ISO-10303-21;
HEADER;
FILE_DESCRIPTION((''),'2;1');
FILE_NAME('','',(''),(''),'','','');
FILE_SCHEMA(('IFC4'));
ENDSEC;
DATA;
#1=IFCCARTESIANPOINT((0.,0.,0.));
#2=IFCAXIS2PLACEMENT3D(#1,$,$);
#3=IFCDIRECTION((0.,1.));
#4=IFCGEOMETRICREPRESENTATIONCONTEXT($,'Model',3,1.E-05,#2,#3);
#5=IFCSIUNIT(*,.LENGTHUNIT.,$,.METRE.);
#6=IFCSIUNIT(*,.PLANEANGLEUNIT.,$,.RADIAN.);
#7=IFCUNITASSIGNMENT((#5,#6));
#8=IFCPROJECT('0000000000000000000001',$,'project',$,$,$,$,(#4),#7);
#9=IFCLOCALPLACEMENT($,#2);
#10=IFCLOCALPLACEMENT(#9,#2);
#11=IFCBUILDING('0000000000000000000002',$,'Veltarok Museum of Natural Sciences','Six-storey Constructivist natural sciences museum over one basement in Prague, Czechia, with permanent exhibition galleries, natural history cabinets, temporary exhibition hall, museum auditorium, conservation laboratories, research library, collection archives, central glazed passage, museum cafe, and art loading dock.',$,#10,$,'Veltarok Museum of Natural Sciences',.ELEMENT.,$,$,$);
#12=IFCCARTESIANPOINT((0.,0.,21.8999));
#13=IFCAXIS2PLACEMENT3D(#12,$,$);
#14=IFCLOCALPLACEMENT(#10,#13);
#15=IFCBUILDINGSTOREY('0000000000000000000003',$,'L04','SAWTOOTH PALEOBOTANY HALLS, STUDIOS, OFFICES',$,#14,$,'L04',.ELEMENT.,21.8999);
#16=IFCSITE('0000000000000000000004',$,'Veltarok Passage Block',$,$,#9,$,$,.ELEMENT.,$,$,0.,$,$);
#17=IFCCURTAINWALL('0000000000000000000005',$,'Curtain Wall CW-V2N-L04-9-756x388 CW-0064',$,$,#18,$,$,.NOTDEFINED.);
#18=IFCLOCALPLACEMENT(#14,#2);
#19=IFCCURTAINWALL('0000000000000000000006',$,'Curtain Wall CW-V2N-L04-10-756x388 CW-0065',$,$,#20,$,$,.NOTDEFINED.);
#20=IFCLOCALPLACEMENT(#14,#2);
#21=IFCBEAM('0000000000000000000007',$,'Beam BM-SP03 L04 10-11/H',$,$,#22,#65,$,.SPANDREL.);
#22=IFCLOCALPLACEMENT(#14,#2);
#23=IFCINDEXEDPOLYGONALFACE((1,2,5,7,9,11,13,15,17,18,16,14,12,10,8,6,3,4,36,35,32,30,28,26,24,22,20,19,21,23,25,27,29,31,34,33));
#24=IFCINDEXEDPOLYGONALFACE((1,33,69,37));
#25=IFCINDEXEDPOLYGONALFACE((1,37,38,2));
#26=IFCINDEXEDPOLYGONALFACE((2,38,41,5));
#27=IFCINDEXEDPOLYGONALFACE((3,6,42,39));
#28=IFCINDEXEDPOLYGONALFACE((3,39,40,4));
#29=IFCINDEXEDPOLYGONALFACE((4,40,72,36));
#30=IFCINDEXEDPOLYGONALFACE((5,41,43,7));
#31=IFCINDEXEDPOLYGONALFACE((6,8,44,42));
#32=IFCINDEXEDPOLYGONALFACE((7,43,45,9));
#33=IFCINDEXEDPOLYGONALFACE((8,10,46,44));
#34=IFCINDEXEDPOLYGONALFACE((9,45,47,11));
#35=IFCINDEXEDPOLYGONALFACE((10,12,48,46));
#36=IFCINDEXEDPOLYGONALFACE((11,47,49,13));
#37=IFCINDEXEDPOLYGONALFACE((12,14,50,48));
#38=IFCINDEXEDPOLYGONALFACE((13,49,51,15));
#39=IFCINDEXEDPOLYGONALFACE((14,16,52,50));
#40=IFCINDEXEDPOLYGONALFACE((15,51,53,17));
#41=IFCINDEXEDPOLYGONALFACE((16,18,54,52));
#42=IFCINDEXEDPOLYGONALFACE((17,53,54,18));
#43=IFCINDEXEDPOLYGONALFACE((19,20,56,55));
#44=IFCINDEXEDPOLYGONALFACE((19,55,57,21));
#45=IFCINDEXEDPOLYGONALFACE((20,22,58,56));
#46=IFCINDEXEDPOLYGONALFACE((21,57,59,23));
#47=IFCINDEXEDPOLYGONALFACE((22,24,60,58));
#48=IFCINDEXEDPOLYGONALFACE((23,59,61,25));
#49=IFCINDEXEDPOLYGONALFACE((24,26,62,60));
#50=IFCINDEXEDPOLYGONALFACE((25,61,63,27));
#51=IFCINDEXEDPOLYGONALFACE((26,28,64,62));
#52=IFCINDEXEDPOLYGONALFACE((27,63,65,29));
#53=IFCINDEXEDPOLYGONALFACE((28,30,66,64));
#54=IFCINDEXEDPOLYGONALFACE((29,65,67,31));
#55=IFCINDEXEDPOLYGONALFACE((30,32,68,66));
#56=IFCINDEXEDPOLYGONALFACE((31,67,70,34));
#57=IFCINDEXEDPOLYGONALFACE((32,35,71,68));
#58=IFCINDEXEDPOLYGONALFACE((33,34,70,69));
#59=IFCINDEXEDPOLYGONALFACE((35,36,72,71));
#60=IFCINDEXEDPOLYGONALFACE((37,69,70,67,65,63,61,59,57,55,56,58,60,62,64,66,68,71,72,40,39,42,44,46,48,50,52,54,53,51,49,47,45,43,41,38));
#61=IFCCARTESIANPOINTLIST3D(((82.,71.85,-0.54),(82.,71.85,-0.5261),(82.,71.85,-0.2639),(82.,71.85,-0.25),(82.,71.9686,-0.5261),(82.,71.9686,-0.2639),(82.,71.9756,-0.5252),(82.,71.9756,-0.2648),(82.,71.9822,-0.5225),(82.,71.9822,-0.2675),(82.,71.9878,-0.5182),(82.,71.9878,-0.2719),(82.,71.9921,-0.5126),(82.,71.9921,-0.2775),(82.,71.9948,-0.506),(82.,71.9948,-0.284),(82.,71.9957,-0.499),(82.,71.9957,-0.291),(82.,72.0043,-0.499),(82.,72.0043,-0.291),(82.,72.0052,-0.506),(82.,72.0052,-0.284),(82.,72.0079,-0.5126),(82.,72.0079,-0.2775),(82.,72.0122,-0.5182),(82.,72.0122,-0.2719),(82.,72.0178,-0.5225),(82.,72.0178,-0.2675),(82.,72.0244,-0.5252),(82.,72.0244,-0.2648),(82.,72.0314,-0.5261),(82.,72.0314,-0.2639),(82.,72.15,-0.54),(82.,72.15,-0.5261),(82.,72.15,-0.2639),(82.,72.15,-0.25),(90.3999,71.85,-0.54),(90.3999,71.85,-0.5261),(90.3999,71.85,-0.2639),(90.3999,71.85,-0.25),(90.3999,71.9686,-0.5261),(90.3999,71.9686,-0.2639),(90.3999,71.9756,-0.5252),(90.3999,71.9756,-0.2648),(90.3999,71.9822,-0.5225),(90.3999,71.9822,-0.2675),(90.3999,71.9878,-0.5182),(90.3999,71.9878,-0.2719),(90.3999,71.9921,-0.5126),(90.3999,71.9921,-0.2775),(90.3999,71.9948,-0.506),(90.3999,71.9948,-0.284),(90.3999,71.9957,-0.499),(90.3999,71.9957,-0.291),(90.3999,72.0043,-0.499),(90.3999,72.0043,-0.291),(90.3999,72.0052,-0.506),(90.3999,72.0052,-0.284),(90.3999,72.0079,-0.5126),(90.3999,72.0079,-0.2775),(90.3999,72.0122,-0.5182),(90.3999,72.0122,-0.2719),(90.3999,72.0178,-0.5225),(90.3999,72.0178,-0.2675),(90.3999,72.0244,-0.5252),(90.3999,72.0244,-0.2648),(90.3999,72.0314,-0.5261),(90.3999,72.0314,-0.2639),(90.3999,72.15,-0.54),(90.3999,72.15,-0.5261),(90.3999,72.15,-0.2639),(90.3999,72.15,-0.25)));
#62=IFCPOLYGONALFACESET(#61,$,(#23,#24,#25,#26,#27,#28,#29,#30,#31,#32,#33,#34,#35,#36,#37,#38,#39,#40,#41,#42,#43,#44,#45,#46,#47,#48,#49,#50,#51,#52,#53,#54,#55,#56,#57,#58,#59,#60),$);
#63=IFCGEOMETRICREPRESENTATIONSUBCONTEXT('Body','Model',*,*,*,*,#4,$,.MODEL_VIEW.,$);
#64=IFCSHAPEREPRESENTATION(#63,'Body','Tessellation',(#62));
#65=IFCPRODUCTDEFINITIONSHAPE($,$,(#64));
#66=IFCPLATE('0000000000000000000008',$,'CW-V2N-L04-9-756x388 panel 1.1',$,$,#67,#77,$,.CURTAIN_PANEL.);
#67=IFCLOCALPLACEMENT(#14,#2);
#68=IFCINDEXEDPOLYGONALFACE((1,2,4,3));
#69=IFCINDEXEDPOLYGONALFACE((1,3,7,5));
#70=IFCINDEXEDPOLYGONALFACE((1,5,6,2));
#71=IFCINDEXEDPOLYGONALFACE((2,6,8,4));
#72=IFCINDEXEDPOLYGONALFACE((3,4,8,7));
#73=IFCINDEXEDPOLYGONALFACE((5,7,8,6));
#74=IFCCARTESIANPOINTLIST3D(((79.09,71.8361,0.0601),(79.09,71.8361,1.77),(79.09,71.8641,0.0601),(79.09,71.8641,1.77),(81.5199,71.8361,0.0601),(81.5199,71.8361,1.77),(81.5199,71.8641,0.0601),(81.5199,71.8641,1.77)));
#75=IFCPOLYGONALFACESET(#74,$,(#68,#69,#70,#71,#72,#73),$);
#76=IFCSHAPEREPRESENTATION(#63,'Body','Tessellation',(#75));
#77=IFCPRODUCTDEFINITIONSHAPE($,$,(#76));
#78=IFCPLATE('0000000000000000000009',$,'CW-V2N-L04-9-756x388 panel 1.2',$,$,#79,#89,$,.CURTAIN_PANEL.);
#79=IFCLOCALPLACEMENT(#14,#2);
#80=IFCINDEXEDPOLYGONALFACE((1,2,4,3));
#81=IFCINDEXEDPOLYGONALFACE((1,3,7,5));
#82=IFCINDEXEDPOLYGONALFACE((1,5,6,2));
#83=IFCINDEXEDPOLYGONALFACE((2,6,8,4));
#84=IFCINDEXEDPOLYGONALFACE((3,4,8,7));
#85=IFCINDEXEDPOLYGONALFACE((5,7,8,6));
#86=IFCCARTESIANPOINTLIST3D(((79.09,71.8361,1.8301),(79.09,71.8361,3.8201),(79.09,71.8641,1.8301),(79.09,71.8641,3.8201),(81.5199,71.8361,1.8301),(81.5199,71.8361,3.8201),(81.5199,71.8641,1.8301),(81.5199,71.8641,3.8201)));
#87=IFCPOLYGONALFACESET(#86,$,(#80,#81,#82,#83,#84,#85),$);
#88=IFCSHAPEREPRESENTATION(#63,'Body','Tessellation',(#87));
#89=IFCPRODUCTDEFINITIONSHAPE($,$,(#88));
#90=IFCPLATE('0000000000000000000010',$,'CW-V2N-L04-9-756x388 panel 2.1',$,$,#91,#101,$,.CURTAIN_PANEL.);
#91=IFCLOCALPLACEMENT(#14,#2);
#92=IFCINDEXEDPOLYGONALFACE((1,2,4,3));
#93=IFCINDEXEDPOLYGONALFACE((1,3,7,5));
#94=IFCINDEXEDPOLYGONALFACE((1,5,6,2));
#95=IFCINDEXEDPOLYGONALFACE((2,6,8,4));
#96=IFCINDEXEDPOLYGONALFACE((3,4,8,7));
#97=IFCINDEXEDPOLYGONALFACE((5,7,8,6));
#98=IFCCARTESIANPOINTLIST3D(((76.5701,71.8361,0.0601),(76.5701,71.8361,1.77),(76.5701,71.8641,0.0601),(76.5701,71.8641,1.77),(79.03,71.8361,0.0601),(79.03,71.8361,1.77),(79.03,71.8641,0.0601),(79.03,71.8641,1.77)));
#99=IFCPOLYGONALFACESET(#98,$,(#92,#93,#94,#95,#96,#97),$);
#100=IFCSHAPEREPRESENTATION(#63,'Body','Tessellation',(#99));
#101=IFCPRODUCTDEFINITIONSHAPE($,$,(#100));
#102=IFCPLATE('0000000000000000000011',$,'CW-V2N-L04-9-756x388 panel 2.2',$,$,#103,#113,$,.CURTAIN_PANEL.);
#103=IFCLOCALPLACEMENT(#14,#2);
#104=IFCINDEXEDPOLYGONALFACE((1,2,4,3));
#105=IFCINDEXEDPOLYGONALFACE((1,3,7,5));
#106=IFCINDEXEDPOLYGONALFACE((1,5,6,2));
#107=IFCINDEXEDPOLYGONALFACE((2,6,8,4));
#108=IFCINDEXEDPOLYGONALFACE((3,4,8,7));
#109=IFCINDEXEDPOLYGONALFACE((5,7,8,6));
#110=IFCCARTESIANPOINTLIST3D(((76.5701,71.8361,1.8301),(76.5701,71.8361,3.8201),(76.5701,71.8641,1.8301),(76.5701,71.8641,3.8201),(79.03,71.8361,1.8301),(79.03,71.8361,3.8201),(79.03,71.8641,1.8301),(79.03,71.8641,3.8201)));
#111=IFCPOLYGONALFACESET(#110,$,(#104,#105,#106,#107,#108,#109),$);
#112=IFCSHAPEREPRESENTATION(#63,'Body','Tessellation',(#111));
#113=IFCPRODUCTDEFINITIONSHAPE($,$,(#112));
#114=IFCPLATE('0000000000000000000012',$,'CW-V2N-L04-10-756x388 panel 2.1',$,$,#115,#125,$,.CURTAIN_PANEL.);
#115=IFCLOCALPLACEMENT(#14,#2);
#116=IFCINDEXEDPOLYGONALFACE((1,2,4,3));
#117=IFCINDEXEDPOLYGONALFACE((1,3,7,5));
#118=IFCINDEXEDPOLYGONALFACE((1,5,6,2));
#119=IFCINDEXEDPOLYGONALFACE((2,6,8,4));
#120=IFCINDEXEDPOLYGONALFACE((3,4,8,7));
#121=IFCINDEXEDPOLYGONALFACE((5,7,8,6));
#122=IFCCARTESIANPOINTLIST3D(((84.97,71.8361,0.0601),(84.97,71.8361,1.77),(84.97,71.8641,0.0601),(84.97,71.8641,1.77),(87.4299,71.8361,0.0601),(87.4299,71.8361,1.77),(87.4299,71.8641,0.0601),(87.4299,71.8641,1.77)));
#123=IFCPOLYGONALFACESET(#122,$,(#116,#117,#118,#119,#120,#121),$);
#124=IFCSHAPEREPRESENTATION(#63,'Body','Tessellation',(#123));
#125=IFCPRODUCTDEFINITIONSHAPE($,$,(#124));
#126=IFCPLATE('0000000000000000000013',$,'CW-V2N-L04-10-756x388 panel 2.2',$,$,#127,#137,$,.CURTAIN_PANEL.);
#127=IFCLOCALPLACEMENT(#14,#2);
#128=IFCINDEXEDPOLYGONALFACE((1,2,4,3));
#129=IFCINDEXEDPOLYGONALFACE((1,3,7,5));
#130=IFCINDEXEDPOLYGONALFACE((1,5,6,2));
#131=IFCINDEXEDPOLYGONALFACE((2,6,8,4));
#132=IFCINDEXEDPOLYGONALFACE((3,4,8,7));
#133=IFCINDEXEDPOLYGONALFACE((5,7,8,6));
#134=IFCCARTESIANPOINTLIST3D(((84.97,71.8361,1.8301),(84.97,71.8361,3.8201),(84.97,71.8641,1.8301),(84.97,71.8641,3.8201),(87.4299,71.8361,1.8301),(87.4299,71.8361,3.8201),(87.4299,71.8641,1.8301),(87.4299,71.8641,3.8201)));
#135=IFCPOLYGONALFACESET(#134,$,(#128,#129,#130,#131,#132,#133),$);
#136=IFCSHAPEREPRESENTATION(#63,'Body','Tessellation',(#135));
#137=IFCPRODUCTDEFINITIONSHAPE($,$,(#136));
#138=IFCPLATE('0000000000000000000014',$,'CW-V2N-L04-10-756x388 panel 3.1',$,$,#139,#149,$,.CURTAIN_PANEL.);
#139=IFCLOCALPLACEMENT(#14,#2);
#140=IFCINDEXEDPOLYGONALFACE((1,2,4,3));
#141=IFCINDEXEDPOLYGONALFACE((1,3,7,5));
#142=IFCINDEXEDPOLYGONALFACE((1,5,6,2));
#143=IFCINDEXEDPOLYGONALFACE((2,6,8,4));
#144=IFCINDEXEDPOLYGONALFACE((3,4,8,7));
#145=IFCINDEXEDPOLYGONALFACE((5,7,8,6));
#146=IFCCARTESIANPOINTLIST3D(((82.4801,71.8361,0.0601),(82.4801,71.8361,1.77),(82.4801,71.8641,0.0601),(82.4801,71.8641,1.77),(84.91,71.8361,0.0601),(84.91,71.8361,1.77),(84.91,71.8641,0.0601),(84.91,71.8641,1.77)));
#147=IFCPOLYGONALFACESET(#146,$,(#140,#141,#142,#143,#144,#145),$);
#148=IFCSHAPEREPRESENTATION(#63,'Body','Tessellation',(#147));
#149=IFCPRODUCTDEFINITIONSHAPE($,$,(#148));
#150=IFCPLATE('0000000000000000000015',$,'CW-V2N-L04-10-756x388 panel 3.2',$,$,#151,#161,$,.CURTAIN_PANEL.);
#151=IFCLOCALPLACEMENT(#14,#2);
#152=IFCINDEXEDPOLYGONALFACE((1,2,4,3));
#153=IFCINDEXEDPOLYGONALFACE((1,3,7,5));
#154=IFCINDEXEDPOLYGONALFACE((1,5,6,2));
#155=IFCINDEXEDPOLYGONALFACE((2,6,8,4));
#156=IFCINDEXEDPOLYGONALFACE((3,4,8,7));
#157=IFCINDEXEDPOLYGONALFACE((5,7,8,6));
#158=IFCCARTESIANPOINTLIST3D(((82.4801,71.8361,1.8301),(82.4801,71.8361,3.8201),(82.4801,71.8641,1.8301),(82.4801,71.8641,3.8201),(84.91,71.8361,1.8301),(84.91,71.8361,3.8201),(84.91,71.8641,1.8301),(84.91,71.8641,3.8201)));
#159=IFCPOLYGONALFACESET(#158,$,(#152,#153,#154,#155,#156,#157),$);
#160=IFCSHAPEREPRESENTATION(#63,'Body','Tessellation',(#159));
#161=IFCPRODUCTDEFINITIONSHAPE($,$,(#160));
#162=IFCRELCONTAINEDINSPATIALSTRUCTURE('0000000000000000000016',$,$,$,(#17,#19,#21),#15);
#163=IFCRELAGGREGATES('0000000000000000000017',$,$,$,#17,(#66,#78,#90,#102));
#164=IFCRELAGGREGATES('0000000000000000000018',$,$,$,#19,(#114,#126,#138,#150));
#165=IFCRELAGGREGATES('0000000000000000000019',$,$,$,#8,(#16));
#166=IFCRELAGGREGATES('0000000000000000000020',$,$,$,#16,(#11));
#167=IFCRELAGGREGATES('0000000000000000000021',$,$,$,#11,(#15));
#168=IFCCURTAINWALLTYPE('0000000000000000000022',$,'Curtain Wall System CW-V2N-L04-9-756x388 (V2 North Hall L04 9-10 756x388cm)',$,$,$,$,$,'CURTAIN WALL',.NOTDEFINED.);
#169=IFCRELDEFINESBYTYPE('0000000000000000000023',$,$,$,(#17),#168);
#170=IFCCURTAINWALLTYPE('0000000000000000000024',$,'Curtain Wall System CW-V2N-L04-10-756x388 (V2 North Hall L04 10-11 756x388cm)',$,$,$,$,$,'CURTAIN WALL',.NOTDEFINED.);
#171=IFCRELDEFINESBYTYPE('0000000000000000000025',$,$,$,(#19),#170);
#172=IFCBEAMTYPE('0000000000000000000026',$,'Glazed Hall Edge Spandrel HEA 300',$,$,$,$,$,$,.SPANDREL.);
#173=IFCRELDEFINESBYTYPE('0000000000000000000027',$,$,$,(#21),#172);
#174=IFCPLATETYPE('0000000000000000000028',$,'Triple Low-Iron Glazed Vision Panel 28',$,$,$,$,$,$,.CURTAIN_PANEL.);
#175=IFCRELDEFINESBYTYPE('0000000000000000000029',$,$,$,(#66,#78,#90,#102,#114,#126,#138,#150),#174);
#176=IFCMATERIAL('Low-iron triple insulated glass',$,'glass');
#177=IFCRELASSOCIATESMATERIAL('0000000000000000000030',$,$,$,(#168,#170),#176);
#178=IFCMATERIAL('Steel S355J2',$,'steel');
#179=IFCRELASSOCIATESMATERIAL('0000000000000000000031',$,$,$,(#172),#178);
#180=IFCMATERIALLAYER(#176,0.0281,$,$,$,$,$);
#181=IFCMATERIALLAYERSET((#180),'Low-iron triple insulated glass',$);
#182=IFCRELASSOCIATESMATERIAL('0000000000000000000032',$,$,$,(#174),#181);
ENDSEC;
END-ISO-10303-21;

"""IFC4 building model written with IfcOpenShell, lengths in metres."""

from ifc_helpers import new_model, si_unit, direction, frame, origin, origin_2d, place, context, subcontext, project, spatial, rectangle, i_section, extrude, material, layer, layer_set, material_profile, profile_set, type_object, element, aggregate, save


model = new_model("IFC4")

# Units and contexts
model_context = context("Model", 3, precision=1e-05, world=origin(), true_north=direction((0.0, 1.0)))
body_context = subcontext(model_context, "Body", "Model", "MODEL_VIEW")
ifc_project = project(units=[si_unit("LENGTHUNIT", "METRE"), si_unit("PLANEANGLEUNIT", "RADIAN")], contexts=[model_context])

# Site, building, storey
site_placement = place(None, origin())
site = spatial("IfcSite", under=ifc_project, at=site_placement, Name="Veltarok Passage Block", CompositionType="ELEMENT", RefElevation=0.0)
building_placement = place(site_placement, origin())
building = spatial("IfcBuilding", under=site, at=building_placement, Name="Veltarok Museum of Natural Sciences", Description="Six-storey Constructivist natural sciences museum over one basement in Prague, Czechia, with permanent exhibition galleries, natural history cabinets, temporary exhibition hall, museum auditorium, conservation laboratories, research library, collection archives, central glazed passage, museum cafe, and art loading dock.", LongName="Veltarok Museum of Natural Sciences", CompositionType="ELEMENT")
storey_placement = place(building_placement, frame((0.0, 0.0, 21.8999)))
storey = spatial("IfcBuildingStorey", under=building, at=storey_placement, Name="L04", Description="SAWTOOTH PALEOBOTANY HALLS, STUDIOS, OFFICES", LongName="L04", CompositionType="ELEMENT", Elevation=21.8999)

# Shared definitions
ifc_material_1 = material(Name="Steel S355J2", Category="steel")

# Curtain walls
ifc_material_2 = material(Name="Low-iron triple insulated glass", Category="glass")
curtain_wall_type_1 = type_object("IfcCurtainWallType", Name="Curtain Wall System CW-V2N-L04-9-756x388 (V2 North Hall L04 9-10 756x388cm)", ElementType="CURTAIN WALL", PredefinedType="NOTDEFINED", material=ifc_material_2)
curtain_wall_1_placement = place(storey_placement, origin())
curtain_wall_1 = element("IfcCurtainWall", 1, at=curtain_wall_1_placement, inside=storey, type_object=curtain_wall_type_1, Name="Curtain Wall CW-V2N-L04-9-756x388 CW-0064", PredefinedType="NOTDEFINED")
curtain_wall_type_2 = type_object("IfcCurtainWallType", Name="Curtain Wall System CW-V2N-L04-10-756x388 (V2 North Hall L04 10-11 756x388cm)", ElementType="CURTAIN WALL", PredefinedType="NOTDEFINED", material=ifc_material_2)
curtain_wall_2_placement = place(storey_placement, origin())
curtain_wall_2 = element("IfcCurtainWall", 2, at=curtain_wall_2_placement, inside=storey, type_object=curtain_wall_type_2, Name="Curtain Wall CW-V2N-L04-10-756x388 CW-0065", PredefinedType="NOTDEFINED")

# Beam
ifc_material_profile_1 = material_profile(ifc_material_1, i_section(OverallWidth=0.3, OverallDepth=0.29, WebThickness=0.0085, FlangeThickness=0.0139, FilletRadius=0.0271, at=origin_2d()), Name="HEA 300")
ifc_profile_set_1 = profile_set([ifc_material_profile_1], Name="Steel S355J2")
beam_type = type_object("IfcBeamType", Name="Glazed Hall Edge Spandrel HEA 300", PredefinedType="SPANDREL", material=ifc_profile_set_1)
beam_placement = place(storey_placement, frame((82.0, 72.0, -0.395), z_axis=(1.0, 0.0, 0.0), x_axis=(0.0, 1.0, 0.0)))
element("IfcBeam", 3, at=beam_placement, inside=storey, type_object=beam_type, Name="Beam BM-SP03 L04 10-11/H", PredefinedType="SPANDREL", context=body_context, shape_type="SweptSolid", body=[
    extrude(i_section(OverallWidth=0.3, OverallDepth=0.29, WebThickness=0.0085, FlangeThickness=0.0139, FilletRadius=0.0271, at=origin_2d()), origin(), (0.0, 0.0, 1.0), 8.3999),
])

# Plates
ifc_layer = layer(ifc_material_2, 0.0281)
ifc_layer_set = layer_set([ifc_layer], Name="Low-iron triple insulated glass")
plate_type = type_object("IfcPlateType", Name="Triple Low-Iron Glazed Vision Panel 28", PredefinedType="CURTAIN_PANEL", material=ifc_layer_set)
plate_1_placement = place(storey_placement, frame((80.3049, 71.8501, 0.0601), z_axis=(0.0, 0.0, 1.0), x_axis=(-1.0, 0.0, 0.0)))
plate_1 = element("IfcPlate", 4, at=plate_1_placement, type_object=plate_type, Name="CW-V2N-L04-9-756x388 panel 1.1", PredefinedType="CURTAIN_PANEL", context=body_context, shape_type="SweptSolid", body=[
    extrude(rectangle(XDim=2.4299, YDim=0.0281, at=origin_2d()), origin(), (0.0, 0.0, 1.0), 1.71),
])
plate_2_placement = place(storey_placement, frame((80.3049, 71.8501, 1.8301), z_axis=(0.0, 0.0, 1.0), x_axis=(-1.0, 0.0, 0.0)))
plate_2 = element("IfcPlate", 5, at=plate_2_placement, type_object=plate_type, Name="CW-V2N-L04-9-756x388 panel 1.2", PredefinedType="CURTAIN_PANEL", context=body_context, shape_type="SweptSolid", body=[
    extrude(rectangle(XDim=2.4299, YDim=0.0281, at=origin_2d()), origin(), (0.0, 0.0, 1.0), 1.99),
])
plate_3_placement = place(storey_placement, frame((77.8, 71.8501, 0.0601), z_axis=(0.0, 0.0, 1.0), x_axis=(-1.0, 0.0, 0.0)))
plate_3 = element("IfcPlate", 6, at=plate_3_placement, type_object=plate_type, Name="CW-V2N-L04-9-756x388 panel 2.1", PredefinedType="CURTAIN_PANEL", context=body_context, shape_type="SweptSolid", body=[
    extrude(rectangle(XDim=2.46, YDim=0.0281, at=origin_2d()), origin(), (0.0, 0.0, 1.0), 1.71),
])
plate_4_placement = place(storey_placement, frame((77.8, 71.8501, 1.8301), z_axis=(0.0, 0.0, 1.0), x_axis=(-1.0, 0.0, 0.0)))
plate_4 = element("IfcPlate", 7, at=plate_4_placement, type_object=plate_type, Name="CW-V2N-L04-9-756x388 panel 2.2", PredefinedType="CURTAIN_PANEL", context=body_context, shape_type="SweptSolid", body=[
    extrude(rectangle(XDim=2.46, YDim=0.0281, at=origin_2d()), origin(), (0.0, 0.0, 1.0), 1.99),
])
aggregate(curtain_wall_1, [plate_1, plate_2, plate_3, plate_4])
plate_5_placement = place(storey_placement, frame((86.2, 71.8501, 0.0601), z_axis=(0.0, 0.0, 1.0), x_axis=(-1.0, 0.0, 0.0)))
plate_5 = element("IfcPlate", 8, at=plate_5_placement, type_object=plate_type, Name="CW-V2N-L04-10-756x388 panel 2.1", PredefinedType="CURTAIN_PANEL", context=body_context, shape_type="SweptSolid", body=[
    extrude(rectangle(XDim=2.46, YDim=0.0281, at=origin_2d()), origin(), (0.0, 0.0, 1.0), 1.71),
])
plate_6_placement = place(storey_placement, frame((86.2, 71.8501, 1.8301), z_axis=(0.0, 0.0, 1.0), x_axis=(-1.0, 0.0, 0.0)))
plate_6 = element("IfcPlate", 9, at=plate_6_placement, type_object=plate_type, Name="CW-V2N-L04-10-756x388 panel 2.2", PredefinedType="CURTAIN_PANEL", context=body_context, shape_type="SweptSolid", body=[
    extrude(rectangle(XDim=2.46, YDim=0.0281, at=origin_2d()), origin(), (0.0, 0.0, 1.0), 1.99),
])
plate_7_placement = place(storey_placement, frame((83.6951, 71.8501, 0.0601), z_axis=(0.0, 0.0, 1.0), x_axis=(-1.0, 0.0, 0.0)))
plate_7 = element("IfcPlate", 10, at=plate_7_placement, type_object=plate_type, Name="CW-V2N-L04-10-756x388 panel 3.1", PredefinedType="CURTAIN_PANEL", context=body_context, shape_type="SweptSolid", body=[
    extrude(rectangle(XDim=2.4299, YDim=0.0281, at=origin_2d()), origin(), (0.0, 0.0, 1.0), 1.71),
])
plate_8_placement = place(storey_placement, frame((83.6951, 71.8501, 1.8301), z_axis=(0.0, 0.0, 1.0), x_axis=(-1.0, 0.0, 0.0)))
plate_8 = element("IfcPlate", 11, at=plate_8_placement, type_object=plate_type, Name="CW-V2N-L04-10-756x388 panel 3.2", PredefinedType="CURTAIN_PANEL", context=body_context, shape_type="SweptSolid", body=[
    extrude(rectangle(XDim=2.4299, YDim=0.0281, at=origin_2d()), origin(), (0.0, 0.0, 1.0), 1.99),
])
aggregate(curtain_wall_2, [plate_5, plate_6, plate_7, plate_8])

save(model, "model.ifc")
